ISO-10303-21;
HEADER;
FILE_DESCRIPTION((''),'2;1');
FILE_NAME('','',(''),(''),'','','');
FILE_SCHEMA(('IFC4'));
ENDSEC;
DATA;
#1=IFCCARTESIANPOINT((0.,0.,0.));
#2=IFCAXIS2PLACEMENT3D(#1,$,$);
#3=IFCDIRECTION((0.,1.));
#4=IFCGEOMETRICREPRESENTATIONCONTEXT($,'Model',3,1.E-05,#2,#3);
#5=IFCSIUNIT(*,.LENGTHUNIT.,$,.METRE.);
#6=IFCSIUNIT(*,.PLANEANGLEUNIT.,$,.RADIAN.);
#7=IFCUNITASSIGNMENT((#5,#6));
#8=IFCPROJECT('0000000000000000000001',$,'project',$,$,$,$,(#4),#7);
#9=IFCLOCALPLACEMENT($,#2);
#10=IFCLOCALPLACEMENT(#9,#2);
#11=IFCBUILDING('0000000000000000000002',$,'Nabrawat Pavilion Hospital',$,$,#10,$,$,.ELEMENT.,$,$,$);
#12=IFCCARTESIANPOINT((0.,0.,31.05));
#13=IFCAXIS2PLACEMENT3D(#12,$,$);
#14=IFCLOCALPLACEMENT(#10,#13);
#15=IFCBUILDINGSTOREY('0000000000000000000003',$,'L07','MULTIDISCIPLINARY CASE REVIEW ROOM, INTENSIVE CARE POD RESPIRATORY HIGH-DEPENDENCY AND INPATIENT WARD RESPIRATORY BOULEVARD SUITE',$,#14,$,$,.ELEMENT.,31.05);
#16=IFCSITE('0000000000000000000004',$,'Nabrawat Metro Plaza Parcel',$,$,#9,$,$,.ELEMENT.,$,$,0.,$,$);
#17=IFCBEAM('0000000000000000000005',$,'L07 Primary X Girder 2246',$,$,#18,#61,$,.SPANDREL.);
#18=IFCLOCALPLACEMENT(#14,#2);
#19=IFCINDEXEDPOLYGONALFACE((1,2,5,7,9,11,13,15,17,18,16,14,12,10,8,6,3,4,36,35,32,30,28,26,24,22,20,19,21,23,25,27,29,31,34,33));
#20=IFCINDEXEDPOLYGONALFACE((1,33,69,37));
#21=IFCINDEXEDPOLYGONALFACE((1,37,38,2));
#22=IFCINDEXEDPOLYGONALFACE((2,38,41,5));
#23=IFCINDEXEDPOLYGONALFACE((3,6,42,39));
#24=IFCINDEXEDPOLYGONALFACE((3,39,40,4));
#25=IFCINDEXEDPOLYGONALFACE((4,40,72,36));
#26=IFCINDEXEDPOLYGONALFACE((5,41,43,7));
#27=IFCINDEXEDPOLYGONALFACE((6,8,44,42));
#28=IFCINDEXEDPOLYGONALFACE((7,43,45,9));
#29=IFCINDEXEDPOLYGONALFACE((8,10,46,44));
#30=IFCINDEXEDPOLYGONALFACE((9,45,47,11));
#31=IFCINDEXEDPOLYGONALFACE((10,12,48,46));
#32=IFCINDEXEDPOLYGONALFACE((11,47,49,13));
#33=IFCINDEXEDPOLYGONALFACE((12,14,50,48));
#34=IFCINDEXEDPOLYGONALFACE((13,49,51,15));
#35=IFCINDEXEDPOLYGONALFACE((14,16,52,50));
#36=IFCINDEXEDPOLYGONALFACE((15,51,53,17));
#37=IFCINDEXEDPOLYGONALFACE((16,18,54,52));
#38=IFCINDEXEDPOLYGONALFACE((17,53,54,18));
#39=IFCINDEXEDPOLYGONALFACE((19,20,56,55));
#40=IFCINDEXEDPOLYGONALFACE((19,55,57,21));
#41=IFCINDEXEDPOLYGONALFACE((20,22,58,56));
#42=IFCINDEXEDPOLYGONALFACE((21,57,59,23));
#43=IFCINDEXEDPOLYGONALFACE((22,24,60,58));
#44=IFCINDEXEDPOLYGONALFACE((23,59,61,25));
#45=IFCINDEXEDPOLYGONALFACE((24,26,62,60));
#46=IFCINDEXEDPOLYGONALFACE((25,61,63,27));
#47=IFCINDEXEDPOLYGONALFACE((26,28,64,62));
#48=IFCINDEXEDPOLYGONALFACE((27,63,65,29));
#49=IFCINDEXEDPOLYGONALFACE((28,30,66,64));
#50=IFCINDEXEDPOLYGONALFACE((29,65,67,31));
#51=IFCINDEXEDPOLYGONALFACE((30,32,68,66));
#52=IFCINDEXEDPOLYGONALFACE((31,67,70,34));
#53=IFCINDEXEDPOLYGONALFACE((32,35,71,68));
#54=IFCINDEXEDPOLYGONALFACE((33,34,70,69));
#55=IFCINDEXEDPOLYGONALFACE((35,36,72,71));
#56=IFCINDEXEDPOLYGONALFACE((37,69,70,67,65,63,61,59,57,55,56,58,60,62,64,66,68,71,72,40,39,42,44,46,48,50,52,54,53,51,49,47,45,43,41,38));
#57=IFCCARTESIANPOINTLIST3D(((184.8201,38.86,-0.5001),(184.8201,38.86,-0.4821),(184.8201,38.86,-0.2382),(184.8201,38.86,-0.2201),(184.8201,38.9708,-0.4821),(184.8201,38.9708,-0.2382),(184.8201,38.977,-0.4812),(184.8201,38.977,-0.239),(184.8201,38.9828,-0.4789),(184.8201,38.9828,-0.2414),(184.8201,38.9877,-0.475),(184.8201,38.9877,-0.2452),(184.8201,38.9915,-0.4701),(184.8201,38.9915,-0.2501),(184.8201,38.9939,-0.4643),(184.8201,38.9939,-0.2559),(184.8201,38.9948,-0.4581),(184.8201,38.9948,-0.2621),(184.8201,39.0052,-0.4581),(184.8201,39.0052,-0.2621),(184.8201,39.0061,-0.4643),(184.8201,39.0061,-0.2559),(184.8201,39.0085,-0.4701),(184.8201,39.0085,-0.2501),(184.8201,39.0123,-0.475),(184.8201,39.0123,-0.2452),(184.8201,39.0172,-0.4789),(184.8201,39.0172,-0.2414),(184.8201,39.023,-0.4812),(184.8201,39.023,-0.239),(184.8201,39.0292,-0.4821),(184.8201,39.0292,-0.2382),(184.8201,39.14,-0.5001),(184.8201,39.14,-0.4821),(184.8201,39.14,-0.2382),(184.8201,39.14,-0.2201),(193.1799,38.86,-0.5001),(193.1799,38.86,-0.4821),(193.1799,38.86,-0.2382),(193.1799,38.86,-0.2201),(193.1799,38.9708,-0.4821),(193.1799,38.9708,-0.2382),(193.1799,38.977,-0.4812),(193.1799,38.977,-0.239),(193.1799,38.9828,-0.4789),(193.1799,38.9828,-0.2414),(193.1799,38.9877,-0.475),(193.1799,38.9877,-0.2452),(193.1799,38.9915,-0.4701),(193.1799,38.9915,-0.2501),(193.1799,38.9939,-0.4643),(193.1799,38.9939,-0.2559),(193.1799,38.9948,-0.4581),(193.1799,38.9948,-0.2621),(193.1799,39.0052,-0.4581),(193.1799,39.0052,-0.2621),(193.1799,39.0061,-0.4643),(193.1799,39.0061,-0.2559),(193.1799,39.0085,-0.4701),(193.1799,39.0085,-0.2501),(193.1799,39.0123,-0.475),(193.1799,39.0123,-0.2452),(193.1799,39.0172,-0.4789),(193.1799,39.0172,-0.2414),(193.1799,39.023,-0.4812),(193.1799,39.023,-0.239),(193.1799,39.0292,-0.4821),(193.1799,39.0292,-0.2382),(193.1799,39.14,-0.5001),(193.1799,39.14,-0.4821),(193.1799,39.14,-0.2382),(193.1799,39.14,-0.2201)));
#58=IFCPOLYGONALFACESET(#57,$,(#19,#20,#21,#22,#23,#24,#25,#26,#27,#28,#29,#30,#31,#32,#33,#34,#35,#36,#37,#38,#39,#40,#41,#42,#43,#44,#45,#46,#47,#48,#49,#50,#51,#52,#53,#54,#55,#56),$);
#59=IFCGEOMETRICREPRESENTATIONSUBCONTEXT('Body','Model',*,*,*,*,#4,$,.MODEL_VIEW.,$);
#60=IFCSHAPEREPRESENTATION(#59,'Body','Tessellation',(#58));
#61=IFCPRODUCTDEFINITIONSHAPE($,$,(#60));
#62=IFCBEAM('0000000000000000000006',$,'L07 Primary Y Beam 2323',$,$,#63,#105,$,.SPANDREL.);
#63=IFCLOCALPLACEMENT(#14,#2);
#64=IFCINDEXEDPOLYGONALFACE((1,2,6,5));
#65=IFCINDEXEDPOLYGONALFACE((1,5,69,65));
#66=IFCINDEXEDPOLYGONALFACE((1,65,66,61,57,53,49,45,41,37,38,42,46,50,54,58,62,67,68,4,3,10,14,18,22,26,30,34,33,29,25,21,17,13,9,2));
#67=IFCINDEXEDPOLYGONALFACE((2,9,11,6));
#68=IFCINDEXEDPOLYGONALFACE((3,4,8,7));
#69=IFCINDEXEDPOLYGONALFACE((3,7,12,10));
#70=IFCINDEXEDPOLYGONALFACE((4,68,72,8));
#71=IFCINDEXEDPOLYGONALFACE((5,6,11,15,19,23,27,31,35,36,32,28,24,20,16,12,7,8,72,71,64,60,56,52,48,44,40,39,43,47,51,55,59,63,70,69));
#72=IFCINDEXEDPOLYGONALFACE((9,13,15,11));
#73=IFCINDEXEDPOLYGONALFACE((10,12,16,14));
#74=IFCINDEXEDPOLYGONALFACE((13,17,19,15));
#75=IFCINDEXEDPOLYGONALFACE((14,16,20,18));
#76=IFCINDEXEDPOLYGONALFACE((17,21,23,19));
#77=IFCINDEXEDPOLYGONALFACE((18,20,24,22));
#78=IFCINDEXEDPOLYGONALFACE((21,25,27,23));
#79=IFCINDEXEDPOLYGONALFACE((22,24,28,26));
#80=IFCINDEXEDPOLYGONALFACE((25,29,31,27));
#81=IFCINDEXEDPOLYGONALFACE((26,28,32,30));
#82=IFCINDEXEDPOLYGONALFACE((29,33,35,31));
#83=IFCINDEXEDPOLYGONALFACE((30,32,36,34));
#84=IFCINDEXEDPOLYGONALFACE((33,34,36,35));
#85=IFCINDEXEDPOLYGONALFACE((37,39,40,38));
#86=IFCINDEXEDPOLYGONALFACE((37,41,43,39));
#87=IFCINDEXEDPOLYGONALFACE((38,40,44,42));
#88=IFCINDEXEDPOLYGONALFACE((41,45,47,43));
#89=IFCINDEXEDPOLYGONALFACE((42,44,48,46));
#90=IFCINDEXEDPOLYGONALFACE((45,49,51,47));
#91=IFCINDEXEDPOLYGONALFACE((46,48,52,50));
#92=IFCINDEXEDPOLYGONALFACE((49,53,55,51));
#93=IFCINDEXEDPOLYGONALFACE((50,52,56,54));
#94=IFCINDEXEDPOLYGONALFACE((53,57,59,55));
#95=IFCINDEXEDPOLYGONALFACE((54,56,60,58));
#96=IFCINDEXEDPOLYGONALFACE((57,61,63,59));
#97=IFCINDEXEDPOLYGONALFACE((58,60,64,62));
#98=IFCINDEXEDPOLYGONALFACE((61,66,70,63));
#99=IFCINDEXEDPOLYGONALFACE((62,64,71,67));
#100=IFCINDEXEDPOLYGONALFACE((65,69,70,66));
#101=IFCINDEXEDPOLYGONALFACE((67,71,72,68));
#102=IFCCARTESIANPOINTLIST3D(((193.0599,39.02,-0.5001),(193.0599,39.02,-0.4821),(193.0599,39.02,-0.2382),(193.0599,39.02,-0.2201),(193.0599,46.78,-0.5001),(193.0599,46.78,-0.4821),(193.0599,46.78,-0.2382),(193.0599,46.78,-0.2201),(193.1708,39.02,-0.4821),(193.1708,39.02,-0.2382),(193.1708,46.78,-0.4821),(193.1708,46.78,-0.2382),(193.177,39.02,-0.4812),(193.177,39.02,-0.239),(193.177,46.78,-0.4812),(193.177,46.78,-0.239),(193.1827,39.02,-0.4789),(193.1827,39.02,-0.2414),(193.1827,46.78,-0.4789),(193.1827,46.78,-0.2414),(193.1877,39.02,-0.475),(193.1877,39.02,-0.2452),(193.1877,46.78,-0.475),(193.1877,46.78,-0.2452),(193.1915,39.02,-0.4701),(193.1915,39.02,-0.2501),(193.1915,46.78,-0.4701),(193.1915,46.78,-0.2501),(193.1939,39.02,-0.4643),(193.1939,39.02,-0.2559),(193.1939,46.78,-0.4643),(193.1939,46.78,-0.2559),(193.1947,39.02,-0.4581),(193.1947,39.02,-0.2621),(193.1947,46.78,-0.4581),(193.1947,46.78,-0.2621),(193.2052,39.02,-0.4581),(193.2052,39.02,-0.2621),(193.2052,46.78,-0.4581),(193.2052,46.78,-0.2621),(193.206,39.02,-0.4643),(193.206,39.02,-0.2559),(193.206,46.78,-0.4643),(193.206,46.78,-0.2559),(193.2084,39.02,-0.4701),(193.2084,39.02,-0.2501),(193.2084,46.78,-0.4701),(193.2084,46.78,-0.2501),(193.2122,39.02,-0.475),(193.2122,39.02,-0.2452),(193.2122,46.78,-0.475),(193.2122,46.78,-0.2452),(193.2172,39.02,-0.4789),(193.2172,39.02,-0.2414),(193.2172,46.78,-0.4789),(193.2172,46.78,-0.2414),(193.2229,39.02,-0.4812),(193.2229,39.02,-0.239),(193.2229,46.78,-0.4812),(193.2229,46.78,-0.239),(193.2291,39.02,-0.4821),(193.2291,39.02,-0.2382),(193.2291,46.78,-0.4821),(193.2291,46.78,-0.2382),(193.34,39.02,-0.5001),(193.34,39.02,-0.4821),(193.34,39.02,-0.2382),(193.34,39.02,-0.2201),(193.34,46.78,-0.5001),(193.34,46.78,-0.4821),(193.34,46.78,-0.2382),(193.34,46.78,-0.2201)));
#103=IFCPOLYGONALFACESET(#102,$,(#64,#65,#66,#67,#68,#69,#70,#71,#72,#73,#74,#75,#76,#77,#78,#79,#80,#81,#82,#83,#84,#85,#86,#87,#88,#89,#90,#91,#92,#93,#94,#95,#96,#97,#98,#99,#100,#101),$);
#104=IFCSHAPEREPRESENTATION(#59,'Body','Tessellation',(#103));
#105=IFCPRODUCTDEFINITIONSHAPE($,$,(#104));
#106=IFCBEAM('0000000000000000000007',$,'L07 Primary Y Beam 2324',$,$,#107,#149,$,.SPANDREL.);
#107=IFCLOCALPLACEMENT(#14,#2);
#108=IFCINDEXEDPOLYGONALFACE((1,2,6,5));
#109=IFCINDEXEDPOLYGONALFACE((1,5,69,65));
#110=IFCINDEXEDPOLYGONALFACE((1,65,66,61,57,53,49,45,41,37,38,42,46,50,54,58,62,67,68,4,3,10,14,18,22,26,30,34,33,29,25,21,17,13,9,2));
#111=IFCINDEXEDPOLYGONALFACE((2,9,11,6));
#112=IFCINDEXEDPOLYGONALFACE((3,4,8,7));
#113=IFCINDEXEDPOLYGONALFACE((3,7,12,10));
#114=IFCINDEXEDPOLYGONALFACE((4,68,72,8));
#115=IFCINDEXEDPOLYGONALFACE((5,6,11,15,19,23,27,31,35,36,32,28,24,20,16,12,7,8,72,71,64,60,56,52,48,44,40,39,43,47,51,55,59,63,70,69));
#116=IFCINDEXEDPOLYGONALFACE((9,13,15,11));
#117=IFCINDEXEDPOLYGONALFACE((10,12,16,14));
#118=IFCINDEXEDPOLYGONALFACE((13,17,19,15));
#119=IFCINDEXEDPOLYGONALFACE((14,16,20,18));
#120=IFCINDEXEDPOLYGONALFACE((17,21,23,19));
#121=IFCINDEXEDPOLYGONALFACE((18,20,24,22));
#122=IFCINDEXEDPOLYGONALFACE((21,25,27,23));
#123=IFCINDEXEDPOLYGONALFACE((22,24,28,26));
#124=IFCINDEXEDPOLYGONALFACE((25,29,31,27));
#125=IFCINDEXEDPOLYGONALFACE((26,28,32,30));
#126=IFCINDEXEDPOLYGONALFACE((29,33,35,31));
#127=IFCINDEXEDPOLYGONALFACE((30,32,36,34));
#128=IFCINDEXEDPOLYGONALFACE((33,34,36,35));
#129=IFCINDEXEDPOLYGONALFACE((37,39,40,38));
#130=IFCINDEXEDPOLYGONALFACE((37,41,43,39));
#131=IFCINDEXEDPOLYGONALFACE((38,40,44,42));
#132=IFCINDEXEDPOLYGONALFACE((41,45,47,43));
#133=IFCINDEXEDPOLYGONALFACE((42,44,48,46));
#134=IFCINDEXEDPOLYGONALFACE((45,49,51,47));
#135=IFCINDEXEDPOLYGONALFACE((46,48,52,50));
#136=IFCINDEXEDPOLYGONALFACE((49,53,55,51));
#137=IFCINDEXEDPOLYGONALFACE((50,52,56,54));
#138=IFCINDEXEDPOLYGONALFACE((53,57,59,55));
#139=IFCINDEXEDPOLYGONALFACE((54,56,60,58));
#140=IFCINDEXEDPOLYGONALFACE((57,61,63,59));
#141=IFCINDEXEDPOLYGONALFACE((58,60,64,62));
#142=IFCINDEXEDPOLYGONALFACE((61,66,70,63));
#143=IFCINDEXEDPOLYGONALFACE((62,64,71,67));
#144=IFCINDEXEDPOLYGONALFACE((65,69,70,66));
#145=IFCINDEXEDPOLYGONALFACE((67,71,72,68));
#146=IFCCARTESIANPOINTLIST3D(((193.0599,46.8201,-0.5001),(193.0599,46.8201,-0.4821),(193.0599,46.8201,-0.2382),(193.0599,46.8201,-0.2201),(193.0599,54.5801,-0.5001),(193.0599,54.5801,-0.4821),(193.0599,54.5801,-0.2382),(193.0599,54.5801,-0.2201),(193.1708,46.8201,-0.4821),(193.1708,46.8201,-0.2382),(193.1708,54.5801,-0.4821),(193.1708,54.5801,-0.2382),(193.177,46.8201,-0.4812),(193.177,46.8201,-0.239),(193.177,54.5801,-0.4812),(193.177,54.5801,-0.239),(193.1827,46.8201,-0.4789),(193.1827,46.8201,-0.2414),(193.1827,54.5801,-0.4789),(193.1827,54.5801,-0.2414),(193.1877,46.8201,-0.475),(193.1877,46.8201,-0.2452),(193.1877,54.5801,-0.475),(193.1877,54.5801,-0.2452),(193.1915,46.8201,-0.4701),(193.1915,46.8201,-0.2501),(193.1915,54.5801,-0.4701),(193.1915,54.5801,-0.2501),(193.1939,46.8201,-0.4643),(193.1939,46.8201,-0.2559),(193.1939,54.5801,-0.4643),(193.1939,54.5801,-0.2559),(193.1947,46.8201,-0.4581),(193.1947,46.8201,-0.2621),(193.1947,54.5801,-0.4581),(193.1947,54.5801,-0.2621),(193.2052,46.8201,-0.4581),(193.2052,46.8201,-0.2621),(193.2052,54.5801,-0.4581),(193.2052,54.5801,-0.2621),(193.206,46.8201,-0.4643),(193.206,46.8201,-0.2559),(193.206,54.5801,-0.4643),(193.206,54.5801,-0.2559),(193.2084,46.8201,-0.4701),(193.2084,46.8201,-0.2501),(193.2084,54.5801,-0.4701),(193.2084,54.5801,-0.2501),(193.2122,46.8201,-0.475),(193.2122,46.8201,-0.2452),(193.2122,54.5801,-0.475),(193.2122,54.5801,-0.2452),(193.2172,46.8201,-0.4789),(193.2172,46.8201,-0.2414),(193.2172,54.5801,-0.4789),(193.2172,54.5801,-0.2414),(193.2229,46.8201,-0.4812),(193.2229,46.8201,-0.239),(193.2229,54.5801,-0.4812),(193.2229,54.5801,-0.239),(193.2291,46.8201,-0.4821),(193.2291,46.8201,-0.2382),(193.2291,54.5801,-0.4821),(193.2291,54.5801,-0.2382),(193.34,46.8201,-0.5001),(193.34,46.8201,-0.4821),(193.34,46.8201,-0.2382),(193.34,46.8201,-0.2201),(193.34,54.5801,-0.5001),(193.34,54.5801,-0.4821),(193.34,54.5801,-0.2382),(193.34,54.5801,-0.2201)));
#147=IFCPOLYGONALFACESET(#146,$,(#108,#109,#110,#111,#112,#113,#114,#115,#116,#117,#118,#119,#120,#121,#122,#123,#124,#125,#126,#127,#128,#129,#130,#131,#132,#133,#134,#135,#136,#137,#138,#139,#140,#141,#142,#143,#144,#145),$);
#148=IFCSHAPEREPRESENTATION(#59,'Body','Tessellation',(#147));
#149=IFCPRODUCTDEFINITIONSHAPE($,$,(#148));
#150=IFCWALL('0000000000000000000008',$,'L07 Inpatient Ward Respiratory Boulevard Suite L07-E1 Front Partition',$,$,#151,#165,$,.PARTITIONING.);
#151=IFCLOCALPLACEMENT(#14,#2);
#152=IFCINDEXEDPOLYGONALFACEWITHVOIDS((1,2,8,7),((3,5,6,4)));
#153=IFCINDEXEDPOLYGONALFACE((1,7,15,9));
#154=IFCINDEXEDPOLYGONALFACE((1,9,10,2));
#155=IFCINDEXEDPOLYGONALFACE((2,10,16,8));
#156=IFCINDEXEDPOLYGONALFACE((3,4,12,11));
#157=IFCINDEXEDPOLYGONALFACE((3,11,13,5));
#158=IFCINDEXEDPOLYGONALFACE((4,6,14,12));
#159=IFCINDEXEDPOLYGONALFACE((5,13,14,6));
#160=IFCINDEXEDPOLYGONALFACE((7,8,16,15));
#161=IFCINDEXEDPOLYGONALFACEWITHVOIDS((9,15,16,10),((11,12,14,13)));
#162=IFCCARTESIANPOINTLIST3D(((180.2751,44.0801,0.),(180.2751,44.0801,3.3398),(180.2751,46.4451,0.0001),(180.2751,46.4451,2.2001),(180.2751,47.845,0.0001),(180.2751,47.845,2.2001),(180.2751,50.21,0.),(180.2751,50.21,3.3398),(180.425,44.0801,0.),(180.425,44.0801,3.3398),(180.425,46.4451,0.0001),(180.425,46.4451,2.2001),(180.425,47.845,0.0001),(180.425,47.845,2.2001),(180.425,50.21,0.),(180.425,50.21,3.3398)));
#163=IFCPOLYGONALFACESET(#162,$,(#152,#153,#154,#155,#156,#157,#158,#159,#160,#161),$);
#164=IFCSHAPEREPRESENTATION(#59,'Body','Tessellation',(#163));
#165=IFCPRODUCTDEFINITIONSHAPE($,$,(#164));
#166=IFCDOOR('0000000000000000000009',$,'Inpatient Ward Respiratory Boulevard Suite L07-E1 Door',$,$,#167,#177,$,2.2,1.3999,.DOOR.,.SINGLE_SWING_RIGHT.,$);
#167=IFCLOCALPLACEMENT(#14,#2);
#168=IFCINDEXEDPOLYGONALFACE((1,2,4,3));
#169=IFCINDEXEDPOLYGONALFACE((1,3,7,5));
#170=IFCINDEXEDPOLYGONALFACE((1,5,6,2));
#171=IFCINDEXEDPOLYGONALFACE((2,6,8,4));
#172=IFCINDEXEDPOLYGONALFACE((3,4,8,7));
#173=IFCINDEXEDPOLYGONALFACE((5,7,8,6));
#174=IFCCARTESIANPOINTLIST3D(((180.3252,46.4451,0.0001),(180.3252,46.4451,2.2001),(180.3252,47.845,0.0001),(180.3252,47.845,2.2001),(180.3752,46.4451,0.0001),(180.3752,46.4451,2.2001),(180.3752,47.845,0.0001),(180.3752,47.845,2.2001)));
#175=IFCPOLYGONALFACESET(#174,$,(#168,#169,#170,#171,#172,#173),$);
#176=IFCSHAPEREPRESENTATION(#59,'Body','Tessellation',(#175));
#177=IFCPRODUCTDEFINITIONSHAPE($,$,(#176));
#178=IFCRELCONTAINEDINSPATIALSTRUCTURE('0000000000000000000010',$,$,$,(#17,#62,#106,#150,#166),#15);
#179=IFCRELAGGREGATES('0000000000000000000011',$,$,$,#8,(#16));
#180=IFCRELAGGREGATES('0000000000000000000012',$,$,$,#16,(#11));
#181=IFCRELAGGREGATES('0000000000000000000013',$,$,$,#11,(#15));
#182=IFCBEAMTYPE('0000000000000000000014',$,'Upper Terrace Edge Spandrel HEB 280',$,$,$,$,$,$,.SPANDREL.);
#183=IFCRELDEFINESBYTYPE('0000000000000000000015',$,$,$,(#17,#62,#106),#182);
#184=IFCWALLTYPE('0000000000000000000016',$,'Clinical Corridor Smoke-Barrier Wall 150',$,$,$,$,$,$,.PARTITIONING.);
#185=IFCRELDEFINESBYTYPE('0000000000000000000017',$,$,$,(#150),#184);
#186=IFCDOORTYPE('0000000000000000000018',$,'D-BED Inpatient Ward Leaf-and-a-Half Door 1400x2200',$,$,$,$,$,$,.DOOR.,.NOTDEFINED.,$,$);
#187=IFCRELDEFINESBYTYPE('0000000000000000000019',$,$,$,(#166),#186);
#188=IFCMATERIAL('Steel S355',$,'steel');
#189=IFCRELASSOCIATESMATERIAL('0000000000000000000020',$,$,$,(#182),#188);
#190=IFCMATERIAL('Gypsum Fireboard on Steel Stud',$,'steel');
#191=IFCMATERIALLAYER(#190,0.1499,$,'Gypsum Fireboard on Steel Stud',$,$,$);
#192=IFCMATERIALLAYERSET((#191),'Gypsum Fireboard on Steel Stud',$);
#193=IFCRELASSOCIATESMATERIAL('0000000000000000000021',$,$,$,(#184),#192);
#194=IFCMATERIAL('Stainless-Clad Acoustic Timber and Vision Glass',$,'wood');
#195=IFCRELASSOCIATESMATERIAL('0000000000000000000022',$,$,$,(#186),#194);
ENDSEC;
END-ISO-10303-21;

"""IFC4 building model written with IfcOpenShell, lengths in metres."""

from ifc_helpers import new_model, si_unit, direction, frame, frame_2d, origin, origin_2d, place, context, subcontext, project, spatial, rectangle, i_section, extrude, material, layer, layer_set, material_profile, profile_set, type_object, element, fill, save


model = new_model("IFC4")

# Units and contexts
model_context = context("Model", 3, precision=1e-05, world=origin(), true_north=direction((0.0, 1.0)))
body_context = subcontext(model_context, "Body", "Model", "MODEL_VIEW")
ifc_project = project(units=[si_unit("LENGTHUNIT", "METRE"), si_unit("PLANEANGLEUNIT", "RADIAN")], contexts=[model_context])

# Site, building, storey
site_placement = place(None, origin())
site = spatial("IfcSite", under=ifc_project, at=site_placement, Name="Nabrawat Metro Plaza Parcel", CompositionType="ELEMENT", RefElevation=0.0)
building_placement = place(site_placement, origin())
building = spatial("IfcBuilding", under=site, at=building_placement, Name="Nabrawat Pavilion Hospital", CompositionType="ELEMENT")
storey_placement = place(building_placement, frame((0.0, 0.0, 31.05)))
storey = spatial("IfcBuildingStorey", under=building, at=storey_placement, Name="L07", Description="MULTIDISCIPLINARY CASE REVIEW ROOM, INTENSIVE CARE POD RESPIRATORY HIGH-DEPENDENCY AND INPATIENT WARD RESPIRATORY BOULEVARD SUITE", CompositionType="ELEMENT", Elevation=31.05)

# Shared definitions
ifc_material_1 = material(Name="Steel S355", Category="steel")

# Beams
ifc_material_profile_1 = material_profile(ifc_material_1, i_section(OverallWidth=0.28, OverallDepth=0.28, WebThickness=0.0105, FlangeThickness=0.0181, FilletRadius=0.0239, at=origin_2d()), Name="HEB 280")
ifc_profile_set_1 = profile_set([ifc_material_profile_1], Name="Steel S355")
beam_type_1 = type_object("IfcBeamType", Name="Upper Terrace Edge Spandrel HEB 280", PredefinedType="SPANDREL", material=ifc_profile_set_1)
beam_1_placement = place(storey_placement, frame((184.8201, 39.0, -0.3601), z_axis=(1.0, 0.0, 0.0), x_axis=(0.0, 1.0, 0.0)))
element("IfcBeam", 1, at=beam_1_placement, inside=storey, type_object=beam_type_1, Name="L07 Primary X Girder 2246", PredefinedType="SPANDREL", context=body_context, shape_type="SweptSolid", body=[
    extrude(i_section(OverallWidth=0.28, OverallDepth=0.28, WebThickness=0.0105, FlangeThickness=0.0181, FilletRadius=0.0239, at=origin_2d()), origin(), (0.0, 0.0, 1.0), 8.3599),
])
for number, where, z_axis, x_axis, name in (
    (2, (193.2, 39.02, -0.3601), (0.0, 1.0, 0.0), (-1.0, 0.0, 0.0), "L07 Primary Y Beam 2323"),
    (3, (193.2, 46.8201, -0.3601), (0.0, 1.0, 0.0), (-1.0, 0.0, 0.0), "L07 Primary Y Beam 2324"),
):
    element("IfcBeam", number, at=place(storey_placement, frame(where, z_axis=z_axis, x_axis=x_axis)), inside=storey, type_object=beam_type_1, Name=name, PredefinedType="SPANDREL", context=body_context, shape_type="SweptSolid", body=[
        extrude(i_section(OverallWidth=0.28, OverallDepth=0.28, WebThickness=0.0105, FlangeThickness=0.0181, FilletRadius=0.0239, at=origin_2d()), origin(), (0.0, 0.0, 1.0), 7.76),
    ])

# Wall, opening, door
ifc_material_2 = material(Name="Gypsum Fireboard on Steel Stud", Category="steel")
ifc_layer_1 = layer(ifc_material_2, 0.1499, Name="Gypsum Fireboard on Steel Stud")
ifc_layer_set_1 = layer_set([ifc_layer_1], Name="Gypsum Fireboard on Steel Stud")
wall_type_1 = type_object("IfcWallType", Name="Clinical Corridor Smoke-Barrier Wall 150", PredefinedType="PARTITIONING", material=ifc_layer_set_1)
wall_1_placement = place(storey_placement, frame((180.3501, 44.0801, 0.0), z_axis=(0.0, 0.0, 1.0), x_axis=(0.0, 1.0, 0.0)))
wall_1 = element("IfcWall", 4, at=wall_1_placement, inside=storey, type_object=wall_type_1, Name="L07 Inpatient Ward Respiratory Boulevard Suite L07-E1 Front Partition", PredefinedType="PARTITIONING", context=body_context, shape_type="SweptSolid", body=[
    extrude(rectangle(XDim=6.1299, YDim=0.1499, at=frame_2d((3.0649, 0.0))), origin(), (0.0, 0.0, 1.0), 3.3398),
])
opening_1_placement = place(wall_1_placement, frame((2.365, 0.0, 0.0)))
opening_1 = element("IfcOpeningElement", 5, at=opening_1_placement, cuts=wall_1, PredefinedType="OPENING", context=body_context, shape_type="SweptSolid", body=[
    extrude(rectangle(XDim=1.3999, YDim=2.2, at=frame_2d((0.7, 1.1001))), frame((0.0, 0.085, 0.0), z_axis=(0.0, -1.0, 0.0), x_axis=(1.0, 0.0, 0.0)), (0.0, 0.0, 1.0), 0.1699),
])
ifc_material_3 = material(Name="Stainless-Clad Acoustic Timber and Vision Glass", Category="wood")
door_type_1 = type_object("IfcDoorType", Name="D-BED Inpatient Ward Leaf-and-a-Half Door 1400x2200", OperationType="NOTDEFINED", PredefinedType="DOOR", material=ifc_material_3)
door_1_placement = place(opening_1_placement, origin())
door_1 = element("IfcDoor", 6, at=door_1_placement, inside=storey, type_object=door_type_1, Name="Inpatient Ward Respiratory Boulevard Suite L07-E1 Door", OperationType="SINGLE_SWING_RIGHT", OverallHeight=2.2, OverallWidth=1.3999, PredefinedType="DOOR", context=body_context, shape_type="SweptSolid", body=[
    extrude(rectangle(XDim=1.3999, YDim=2.2, at=frame_2d((0.7, 1.1001))), frame((0.0, 0.0249, 0.0), z_axis=(0.0, -1.0, 0.0), x_axis=(1.0, 0.0, 0.0)), (0.0, 0.0, 1.0), 0.05),
])
fill(opening_1, door_1)

save(model, "model.ifc")
